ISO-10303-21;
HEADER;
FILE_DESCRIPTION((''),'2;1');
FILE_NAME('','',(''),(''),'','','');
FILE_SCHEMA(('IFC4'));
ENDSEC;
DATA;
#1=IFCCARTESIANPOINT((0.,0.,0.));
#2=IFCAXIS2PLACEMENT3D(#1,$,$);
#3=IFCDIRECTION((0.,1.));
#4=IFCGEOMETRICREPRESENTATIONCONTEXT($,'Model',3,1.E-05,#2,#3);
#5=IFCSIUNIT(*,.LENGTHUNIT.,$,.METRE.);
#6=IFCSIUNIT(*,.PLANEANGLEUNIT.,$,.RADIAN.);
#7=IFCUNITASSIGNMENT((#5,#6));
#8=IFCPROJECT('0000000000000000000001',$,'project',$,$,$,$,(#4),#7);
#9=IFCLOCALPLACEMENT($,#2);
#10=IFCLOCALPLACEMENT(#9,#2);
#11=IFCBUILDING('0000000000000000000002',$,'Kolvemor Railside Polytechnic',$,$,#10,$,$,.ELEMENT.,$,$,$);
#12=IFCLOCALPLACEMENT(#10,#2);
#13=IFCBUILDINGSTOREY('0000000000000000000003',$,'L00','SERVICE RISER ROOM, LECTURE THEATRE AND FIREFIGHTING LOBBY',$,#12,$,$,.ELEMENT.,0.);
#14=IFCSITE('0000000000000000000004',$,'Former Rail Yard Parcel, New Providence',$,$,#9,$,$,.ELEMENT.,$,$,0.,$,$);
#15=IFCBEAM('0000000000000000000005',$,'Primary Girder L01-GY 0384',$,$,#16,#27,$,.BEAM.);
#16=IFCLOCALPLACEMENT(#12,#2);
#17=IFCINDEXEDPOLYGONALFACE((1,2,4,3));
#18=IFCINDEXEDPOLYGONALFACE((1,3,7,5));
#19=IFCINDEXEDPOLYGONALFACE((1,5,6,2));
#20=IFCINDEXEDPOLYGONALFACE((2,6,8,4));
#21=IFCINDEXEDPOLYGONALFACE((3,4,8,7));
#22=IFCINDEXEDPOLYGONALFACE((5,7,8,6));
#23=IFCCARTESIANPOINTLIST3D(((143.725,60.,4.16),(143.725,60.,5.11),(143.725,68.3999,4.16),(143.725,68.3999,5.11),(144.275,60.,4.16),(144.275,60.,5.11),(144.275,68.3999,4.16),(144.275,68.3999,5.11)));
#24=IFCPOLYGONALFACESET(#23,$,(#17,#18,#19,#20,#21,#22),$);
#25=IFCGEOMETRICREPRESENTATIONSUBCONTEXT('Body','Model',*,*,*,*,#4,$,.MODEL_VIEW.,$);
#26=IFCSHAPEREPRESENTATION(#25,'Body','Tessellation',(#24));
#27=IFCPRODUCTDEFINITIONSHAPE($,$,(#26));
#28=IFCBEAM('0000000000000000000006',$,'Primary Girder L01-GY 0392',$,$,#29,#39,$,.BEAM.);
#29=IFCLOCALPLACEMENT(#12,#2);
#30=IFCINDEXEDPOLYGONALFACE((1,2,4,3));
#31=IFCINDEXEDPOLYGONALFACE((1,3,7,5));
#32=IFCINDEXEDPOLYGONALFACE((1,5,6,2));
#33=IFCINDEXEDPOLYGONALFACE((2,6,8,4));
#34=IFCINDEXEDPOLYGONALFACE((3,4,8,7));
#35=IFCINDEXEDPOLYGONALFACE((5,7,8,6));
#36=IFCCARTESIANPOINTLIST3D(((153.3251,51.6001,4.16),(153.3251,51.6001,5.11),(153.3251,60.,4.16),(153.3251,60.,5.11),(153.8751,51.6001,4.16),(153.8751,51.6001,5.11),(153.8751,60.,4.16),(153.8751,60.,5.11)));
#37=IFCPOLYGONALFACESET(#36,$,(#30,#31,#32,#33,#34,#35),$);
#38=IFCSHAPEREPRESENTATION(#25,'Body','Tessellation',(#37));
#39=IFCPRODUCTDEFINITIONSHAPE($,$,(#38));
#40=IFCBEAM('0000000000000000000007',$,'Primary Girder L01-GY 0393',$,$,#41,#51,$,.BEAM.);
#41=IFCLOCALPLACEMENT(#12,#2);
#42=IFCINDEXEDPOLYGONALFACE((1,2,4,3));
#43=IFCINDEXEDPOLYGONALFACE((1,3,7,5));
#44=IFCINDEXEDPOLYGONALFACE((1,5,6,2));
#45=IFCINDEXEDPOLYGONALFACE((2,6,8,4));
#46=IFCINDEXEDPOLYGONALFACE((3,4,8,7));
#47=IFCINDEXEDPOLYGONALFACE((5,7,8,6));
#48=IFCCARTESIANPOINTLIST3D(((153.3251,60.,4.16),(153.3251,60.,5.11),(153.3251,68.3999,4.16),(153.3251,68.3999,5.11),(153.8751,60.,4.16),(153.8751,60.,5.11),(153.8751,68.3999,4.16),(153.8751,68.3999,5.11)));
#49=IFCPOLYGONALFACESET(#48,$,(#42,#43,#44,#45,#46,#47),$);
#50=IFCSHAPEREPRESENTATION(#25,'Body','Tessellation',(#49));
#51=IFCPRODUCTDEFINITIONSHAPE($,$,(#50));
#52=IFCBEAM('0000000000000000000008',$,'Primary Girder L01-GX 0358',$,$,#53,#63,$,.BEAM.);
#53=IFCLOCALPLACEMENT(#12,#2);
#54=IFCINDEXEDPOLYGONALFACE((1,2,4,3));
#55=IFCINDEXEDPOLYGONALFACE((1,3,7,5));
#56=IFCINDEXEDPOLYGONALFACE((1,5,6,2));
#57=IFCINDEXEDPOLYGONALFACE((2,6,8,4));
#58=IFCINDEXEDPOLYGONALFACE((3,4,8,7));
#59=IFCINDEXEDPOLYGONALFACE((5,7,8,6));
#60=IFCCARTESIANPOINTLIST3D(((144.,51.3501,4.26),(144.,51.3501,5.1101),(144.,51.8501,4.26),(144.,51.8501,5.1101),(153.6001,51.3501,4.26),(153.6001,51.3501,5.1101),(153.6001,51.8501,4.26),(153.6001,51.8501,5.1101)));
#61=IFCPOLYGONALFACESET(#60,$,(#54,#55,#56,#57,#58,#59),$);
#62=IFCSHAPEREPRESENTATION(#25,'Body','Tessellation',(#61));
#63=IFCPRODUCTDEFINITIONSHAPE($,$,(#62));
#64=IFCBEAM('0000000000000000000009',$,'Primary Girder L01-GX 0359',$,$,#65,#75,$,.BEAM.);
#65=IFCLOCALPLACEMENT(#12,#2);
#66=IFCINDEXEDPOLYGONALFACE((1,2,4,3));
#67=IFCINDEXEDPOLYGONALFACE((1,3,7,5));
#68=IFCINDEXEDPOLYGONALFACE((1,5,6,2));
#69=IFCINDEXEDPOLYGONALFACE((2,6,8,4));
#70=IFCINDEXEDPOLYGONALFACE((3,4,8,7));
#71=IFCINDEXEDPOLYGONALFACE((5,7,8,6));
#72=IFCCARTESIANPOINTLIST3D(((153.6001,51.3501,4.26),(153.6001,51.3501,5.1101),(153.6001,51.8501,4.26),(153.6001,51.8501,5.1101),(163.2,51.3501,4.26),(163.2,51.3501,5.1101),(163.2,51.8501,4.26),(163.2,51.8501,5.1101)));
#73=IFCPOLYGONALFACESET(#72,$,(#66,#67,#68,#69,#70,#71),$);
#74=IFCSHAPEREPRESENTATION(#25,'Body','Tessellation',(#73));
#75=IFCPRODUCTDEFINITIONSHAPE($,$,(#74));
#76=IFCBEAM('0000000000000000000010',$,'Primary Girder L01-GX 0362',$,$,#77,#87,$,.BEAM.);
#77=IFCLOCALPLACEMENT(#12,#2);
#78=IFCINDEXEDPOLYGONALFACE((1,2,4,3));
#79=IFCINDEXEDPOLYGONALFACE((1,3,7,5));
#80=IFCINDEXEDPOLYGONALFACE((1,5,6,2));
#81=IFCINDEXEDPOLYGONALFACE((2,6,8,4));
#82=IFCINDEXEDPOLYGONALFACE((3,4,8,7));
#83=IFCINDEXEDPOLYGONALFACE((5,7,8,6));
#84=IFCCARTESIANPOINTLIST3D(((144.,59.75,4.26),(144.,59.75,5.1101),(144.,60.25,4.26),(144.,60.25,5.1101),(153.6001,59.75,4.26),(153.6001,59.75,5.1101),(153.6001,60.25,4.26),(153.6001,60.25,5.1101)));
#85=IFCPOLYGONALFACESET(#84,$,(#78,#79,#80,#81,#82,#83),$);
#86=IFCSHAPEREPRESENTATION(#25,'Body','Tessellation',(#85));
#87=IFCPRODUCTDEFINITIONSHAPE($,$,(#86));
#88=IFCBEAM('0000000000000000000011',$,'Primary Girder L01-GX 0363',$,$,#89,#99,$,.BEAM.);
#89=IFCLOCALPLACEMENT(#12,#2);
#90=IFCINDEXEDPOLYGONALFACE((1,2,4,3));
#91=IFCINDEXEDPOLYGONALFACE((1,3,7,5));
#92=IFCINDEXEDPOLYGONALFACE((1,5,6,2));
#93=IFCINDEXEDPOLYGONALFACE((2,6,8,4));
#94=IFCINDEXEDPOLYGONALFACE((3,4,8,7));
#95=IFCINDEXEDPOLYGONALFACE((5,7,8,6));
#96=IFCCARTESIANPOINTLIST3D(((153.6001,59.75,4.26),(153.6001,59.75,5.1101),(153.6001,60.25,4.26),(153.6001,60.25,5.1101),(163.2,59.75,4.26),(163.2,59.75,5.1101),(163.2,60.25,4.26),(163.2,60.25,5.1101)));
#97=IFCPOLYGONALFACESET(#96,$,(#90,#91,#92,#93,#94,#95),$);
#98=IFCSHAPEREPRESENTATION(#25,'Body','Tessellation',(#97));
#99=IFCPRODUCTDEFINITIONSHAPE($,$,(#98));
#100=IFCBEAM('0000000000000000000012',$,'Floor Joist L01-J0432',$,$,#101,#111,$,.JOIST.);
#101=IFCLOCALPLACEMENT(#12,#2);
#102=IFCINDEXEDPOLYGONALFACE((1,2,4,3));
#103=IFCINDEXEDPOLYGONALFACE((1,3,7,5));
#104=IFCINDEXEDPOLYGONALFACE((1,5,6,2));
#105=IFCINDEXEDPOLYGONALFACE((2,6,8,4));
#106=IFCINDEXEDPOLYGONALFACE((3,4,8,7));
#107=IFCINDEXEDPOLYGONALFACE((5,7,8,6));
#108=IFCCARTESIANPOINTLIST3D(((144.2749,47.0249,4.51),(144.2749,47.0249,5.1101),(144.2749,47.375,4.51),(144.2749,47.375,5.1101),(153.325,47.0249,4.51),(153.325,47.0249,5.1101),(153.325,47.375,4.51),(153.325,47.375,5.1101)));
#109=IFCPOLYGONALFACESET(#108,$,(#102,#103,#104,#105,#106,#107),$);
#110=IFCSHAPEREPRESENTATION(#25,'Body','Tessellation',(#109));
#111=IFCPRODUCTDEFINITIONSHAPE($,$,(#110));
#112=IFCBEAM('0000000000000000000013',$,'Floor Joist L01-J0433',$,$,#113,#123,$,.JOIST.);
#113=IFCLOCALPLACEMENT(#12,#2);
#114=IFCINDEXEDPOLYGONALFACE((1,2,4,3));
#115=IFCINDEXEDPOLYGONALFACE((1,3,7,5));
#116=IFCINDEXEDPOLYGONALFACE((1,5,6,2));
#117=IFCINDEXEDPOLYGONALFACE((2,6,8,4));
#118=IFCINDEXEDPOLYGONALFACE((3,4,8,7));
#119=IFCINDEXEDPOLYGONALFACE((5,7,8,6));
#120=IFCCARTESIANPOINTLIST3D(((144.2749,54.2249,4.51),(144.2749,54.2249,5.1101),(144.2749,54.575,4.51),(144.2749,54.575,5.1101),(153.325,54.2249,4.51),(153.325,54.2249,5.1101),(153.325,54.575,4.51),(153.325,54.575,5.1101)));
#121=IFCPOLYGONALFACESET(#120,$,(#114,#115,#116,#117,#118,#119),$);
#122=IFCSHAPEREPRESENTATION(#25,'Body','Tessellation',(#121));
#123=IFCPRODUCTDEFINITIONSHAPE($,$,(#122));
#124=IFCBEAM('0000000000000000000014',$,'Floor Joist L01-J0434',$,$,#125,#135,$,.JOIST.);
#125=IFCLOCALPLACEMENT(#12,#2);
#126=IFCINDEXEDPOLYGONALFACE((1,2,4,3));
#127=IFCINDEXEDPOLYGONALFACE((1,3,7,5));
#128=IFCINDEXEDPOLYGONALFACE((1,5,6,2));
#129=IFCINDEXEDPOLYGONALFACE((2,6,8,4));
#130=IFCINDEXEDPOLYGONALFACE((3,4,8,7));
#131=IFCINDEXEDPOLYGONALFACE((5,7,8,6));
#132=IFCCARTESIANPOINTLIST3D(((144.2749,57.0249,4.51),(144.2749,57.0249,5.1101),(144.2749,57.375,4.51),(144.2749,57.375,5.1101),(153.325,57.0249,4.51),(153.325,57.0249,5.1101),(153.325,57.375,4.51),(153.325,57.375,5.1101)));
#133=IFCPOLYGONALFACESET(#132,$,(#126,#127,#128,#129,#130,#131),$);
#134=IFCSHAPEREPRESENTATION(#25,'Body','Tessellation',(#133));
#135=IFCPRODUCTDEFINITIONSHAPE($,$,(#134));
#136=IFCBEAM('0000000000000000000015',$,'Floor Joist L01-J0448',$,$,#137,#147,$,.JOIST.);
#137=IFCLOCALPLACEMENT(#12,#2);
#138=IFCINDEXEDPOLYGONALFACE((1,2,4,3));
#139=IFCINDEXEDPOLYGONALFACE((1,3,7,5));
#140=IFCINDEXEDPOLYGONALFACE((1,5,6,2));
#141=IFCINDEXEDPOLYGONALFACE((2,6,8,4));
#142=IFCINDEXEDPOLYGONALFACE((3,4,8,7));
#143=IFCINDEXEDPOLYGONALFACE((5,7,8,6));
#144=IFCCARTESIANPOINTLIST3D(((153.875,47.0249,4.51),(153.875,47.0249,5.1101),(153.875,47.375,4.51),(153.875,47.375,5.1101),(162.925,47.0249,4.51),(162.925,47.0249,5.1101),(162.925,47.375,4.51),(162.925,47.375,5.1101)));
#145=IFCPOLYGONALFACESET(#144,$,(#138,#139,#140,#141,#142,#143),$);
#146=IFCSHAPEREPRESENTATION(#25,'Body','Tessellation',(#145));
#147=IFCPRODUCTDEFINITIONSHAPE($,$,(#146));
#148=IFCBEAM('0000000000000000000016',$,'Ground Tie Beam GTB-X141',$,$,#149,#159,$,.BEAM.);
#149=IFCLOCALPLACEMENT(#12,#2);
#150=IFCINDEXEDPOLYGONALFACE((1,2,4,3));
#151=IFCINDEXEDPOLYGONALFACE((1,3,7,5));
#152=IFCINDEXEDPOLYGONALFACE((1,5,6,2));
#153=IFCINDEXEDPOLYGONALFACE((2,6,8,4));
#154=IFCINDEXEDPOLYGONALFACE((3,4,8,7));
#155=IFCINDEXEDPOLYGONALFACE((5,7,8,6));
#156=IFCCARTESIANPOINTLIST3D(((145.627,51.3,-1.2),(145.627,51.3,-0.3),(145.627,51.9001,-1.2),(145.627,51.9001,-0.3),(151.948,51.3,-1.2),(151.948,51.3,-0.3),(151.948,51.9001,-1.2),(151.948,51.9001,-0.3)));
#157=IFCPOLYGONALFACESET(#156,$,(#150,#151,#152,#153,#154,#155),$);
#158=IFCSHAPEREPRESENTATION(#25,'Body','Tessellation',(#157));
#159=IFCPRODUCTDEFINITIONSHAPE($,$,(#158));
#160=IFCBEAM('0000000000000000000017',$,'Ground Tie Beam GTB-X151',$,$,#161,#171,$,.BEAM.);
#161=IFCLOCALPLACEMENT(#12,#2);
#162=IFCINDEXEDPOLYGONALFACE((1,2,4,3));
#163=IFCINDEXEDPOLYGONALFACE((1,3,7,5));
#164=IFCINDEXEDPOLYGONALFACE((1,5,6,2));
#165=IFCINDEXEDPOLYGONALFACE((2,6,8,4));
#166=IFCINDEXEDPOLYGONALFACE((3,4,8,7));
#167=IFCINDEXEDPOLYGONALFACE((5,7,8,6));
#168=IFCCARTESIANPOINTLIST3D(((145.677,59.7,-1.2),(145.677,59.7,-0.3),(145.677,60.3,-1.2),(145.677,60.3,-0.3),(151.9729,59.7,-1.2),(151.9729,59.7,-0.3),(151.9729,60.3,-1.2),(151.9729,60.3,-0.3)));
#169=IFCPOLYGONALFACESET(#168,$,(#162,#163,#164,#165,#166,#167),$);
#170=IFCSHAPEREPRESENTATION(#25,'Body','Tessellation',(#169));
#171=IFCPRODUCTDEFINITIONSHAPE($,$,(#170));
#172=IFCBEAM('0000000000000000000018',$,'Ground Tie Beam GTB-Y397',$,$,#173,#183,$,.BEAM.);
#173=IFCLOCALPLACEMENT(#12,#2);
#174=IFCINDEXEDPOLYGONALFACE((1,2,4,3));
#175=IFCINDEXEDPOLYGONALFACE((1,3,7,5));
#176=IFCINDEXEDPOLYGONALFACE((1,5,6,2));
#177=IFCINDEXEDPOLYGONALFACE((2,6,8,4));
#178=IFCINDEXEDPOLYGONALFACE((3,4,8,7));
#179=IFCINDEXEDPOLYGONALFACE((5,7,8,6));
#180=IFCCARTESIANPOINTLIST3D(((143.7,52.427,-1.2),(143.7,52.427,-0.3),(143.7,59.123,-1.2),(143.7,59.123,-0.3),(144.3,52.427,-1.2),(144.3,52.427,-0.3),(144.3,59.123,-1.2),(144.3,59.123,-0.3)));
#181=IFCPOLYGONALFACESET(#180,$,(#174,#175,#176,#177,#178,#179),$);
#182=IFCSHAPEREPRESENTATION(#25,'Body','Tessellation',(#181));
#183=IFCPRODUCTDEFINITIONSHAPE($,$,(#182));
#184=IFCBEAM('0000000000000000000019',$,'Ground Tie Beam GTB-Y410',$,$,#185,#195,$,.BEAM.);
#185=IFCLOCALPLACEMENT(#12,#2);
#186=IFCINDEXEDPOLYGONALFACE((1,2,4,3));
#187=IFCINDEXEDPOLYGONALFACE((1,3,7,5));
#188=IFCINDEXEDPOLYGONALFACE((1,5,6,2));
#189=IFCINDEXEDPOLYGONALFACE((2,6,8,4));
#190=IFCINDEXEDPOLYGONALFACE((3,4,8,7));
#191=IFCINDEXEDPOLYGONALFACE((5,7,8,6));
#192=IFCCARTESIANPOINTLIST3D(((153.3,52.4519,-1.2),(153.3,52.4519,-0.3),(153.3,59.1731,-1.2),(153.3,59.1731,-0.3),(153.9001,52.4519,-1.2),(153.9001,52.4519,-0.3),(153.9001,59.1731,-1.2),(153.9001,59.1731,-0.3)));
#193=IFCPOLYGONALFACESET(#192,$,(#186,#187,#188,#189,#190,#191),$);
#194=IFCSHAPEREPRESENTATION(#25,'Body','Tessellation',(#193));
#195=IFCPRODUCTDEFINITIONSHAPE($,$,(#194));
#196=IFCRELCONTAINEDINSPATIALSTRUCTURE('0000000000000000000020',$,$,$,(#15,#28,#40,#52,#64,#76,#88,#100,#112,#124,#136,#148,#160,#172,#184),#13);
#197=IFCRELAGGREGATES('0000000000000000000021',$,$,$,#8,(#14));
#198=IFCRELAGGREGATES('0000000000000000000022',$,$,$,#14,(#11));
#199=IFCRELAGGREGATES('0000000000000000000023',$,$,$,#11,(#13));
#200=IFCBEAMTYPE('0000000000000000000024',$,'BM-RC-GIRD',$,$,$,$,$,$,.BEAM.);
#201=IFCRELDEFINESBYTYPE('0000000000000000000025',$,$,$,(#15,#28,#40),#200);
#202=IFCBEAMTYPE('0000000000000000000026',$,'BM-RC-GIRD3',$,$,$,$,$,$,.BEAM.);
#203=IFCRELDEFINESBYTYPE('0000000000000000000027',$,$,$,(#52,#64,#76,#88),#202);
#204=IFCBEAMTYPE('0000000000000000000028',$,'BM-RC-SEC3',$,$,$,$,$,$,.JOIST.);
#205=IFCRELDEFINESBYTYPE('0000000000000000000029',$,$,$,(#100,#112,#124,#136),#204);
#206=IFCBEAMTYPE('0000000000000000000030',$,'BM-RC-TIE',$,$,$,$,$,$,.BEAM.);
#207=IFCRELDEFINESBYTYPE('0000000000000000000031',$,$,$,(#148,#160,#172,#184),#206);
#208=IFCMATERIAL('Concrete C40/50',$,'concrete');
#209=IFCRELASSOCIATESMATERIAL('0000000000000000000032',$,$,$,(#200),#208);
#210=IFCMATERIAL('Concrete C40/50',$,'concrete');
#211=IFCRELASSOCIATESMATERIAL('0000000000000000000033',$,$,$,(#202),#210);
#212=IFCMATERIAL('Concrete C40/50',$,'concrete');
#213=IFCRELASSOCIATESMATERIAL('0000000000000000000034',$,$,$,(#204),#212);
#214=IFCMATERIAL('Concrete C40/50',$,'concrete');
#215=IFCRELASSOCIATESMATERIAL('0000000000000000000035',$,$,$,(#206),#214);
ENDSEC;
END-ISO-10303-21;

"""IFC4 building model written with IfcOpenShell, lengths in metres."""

from ifc_helpers import new_model, si_unit, direction, frame, origin, origin_2d, place, context, subcontext, project, spatial, rectangle, extrude, material, material_profile, profile_set, type_object, element, save


model = new_model("IFC4")

# Units and contexts
model_context = context("Model", 3, precision=1e-05, world=origin(), true_north=direction((0.0, 1.0)))
body_context = subcontext(model_context, "Body", "Model", "MODEL_VIEW")
ifc_project = project(units=[si_unit("LENGTHUNIT", "METRE"), si_unit("PLANEANGLEUNIT", "RADIAN")], contexts=[model_context])

# Site, building, storey
site_placement = place(None, origin())
site = spatial("IfcSite", under=ifc_project, at=site_placement, Name="Former Rail Yard Parcel, New Providence", CompositionType="ELEMENT", RefElevation=0.0)
building_placement = place(site_placement, origin())
building = spatial("IfcBuilding", under=site, at=building_placement, Name="Kolvemor Railside Polytechnic", CompositionType="ELEMENT")
storey_placement = place(building_placement, origin())
storey = spatial("IfcBuildingStorey", under=building, at=storey_placement, Name="L00", Description="SERVICE RISER ROOM, LECTURE THEATRE AND FIREFIGHTING LOBBY", CompositionType="ELEMENT", Elevation=0.0)

# Beams
ifc_material_1 = material(Name="Concrete C40/50", Category="concrete")
ifc_material_profile_1 = material_profile(ifc_material_1, rectangle(XDim=0.55, YDim=0.95, at=origin_2d()), Name="RC550x950")
ifc_profile_set_1 = profile_set([ifc_material_profile_1], Name="Concrete C40/50")
beam_type_1 = type_object("IfcBeamType", Name="BM-RC-GIRD", PredefinedType="BEAM", material=ifc_profile_set_1)
for number, where, z_axis, x_axis, name in (
    (1, (144.0, 60.0, 4.635), (0.0, 1.0, 0.0), (-1.0, 0.0, 0.0), "Primary Girder L01-GY 0384"),
    (2, (153.6001, 51.6001, 4.635), (0.0, 1.0, 0.0), (-1.0, 0.0, 0.0), "Primary Girder L01-GY 0392"),
    (3, (153.6001, 60.0, 4.635), (0.0, 1.0, 0.0), (-1.0, 0.0, 0.0), "Primary Girder L01-GY 0393"),
):
    element("IfcBeam", number, at=place(storey_placement, frame(where, z_axis=z_axis, x_axis=x_axis)), inside=storey, type_object=beam_type_1, Name=name, PredefinedType="BEAM", context=body_context, shape_type="SweptSolid", body=[
        extrude(rectangle(XDim=0.55, YDim=0.95, at=origin_2d()), origin(), (0.0, 0.0, 1.0), 8.3999),
    ])
ifc_material_2 = material(Name="Concrete C40/50", Category="concrete")
ifc_material_profile_2 = material_profile(ifc_material_2, rectangle(XDim=0.5, YDim=0.8501, at=origin_2d()), Name="RC500x850")
ifc_profile_set_2 = profile_set([ifc_material_profile_2], Name="Concrete C40/50")
beam_type_2 = type_object("IfcBeamType", Name="BM-RC-GIRD3", PredefinedType="BEAM", material=ifc_profile_set_2)
beam_1_placement = place(storey_placement, frame((144.0, 51.6001, 4.6851), z_axis=(1.0, 0.0, 0.0), x_axis=(0.0, 1.0, 0.0)))
element("IfcBeam", 4, at=beam_1_placement, inside=storey, type_object=beam_type_2, Name="Primary Girder L01-GX 0358", PredefinedType="BEAM", context=body_context, shape_type="SweptSolid", body=[
    extrude(rectangle(XDim=0.5, YDim=0.8501, at=origin_2d()), origin(), (0.0, 0.0, 1.0), 9.6001),
])
beam_2_placement = place(storey_placement, frame((153.6001, 51.6001, 4.6851), z_axis=(1.0, 0.0, 0.0), x_axis=(0.0, 1.0, 0.0)))
element("IfcBeam", 5, at=beam_2_placement, inside=storey, type_object=beam_type_2, Name="Primary Girder L01-GX 0359", PredefinedType="BEAM", context=body_context, shape_type="SweptSolid", body=[
    extrude(rectangle(XDim=0.5, YDim=0.8501, at=origin_2d()), origin(), (0.0, 0.0, 1.0), 9.5999),
])
beam_3_placement = place(storey_placement, frame((144.0, 60.0, 4.6851), z_axis=(1.0, 0.0, 0.0), x_axis=(0.0, 1.0, 0.0)))
element("IfcBeam", 6, at=beam_3_placement, inside=storey, type_object=beam_type_2, Name="Primary Girder L01-GX 0362", PredefinedType="BEAM", context=body_context, shape_type="SweptSolid", body=[
    extrude(rectangle(XDim=0.5, YDim=0.8501, at=origin_2d()), origin(), (0.0, 0.0, 1.0), 9.6001),
])
beam_4_placement = place(storey_placement, frame((153.6001, 60.0, 4.6851), z_axis=(1.0, 0.0, 0.0), x_axis=(0.0, 1.0, 0.0)))
element("IfcBeam", 7, at=beam_4_placement, inside=storey, type_object=beam_type_2, Name="Primary Girder L01-GX 0363", PredefinedType="BEAM", context=body_context, shape_type="SweptSolid", body=[
    extrude(rectangle(XDim=0.5, YDim=0.8501, at=origin_2d()), origin(), (0.0, 0.0, 1.0), 9.5999),
])
ifc_material_3 = material(Name="Concrete C40/50", Category="concrete")
ifc_material_profile_3 = material_profile(ifc_material_3, rectangle(XDim=0.3501, YDim=0.6001, at=origin_2d()), Name="RC350x600")
ifc_profile_set_3 = profile_set([ifc_material_profile_3], Name="Concrete C40/50")
beam_type_3 = type_object("IfcBeamType", Name="BM-RC-SEC3", PredefinedType="JOIST", material=ifc_profile_set_3)
for number, where, z_axis, x_axis, name in (
    (8, (144.2749, 47.2, 4.8101), (1.0, 0.0, 0.0), (0.0, 1.0, 0.0), "Floor Joist L01-J0432"),
    (9, (144.2749, 54.3999, 4.8101), (1.0, 0.0, 0.0), (0.0, 1.0, 0.0), "Floor Joist L01-J0433"),
    (10, (144.2749, 57.2, 4.8101), (1.0, 0.0, 0.0), (0.0, 1.0, 0.0), "Floor Joist L01-J0434"),
    (11, (153.875, 47.2, 4.8101), (1.0, 0.0, 0.0), (0.0, 1.0, 0.0), "Floor Joist L01-J0448"),
):
    element("IfcBeam", number, at=place(storey_placement, frame(where, z_axis=z_axis, x_axis=x_axis)), inside=storey, type_object=beam_type_3, Name=name, PredefinedType="JOIST", context=body_context, shape_type="SweptSolid", body=[
        extrude(rectangle(XDim=0.3501, YDim=0.6001, at=origin_2d()), origin(), (0.0, 0.0, 1.0), 9.05),
    ])
ifc_material_4 = material(Name="Concrete C40/50", Category="concrete")
ifc_material_profile_4 = material_profile(ifc_material_4, rectangle(XDim=0.6001, YDim=0.8999, at=origin_2d()), Name="RC600x900")
ifc_profile_set_4 = profile_set([ifc_material_profile_4], Name="Concrete C40/50")
beam_type_4 = type_object("IfcBeamType", Name="BM-RC-TIE", PredefinedType="BEAM", material=ifc_profile_set_4)
beam_5_placement = place(storey_placement, frame((145.627, 51.6001, -0.75), z_axis=(1.0, 0.0, 0.0), x_axis=(0.0, 1.0, 0.0)))
element("IfcBeam", 12, at=beam_5_placement, inside=storey, type_object=beam_type_4, Name="Ground Tie Beam GTB-X141", PredefinedType="BEAM", context=body_context, shape_type="SweptSolid", body=[
    extrude(rectangle(XDim=0.6001, YDim=0.8999, at=origin_2d()), origin(), (0.0, 0.0, 1.0), 6.321),
])
beam_6_placement = place(storey_placement, frame((145.677, 60.0, -0.75), z_axis=(1.0, 0.0, 0.0), x_axis=(0.0, 1.0, 0.0)))
element("IfcBeam", 13, at=beam_6_placement, inside=storey, type_object=beam_type_4, Name="Ground Tie Beam GTB-X151", PredefinedType="BEAM", context=body_context, shape_type="SweptSolid", body=[
    extrude(rectangle(XDim=0.6001, YDim=0.8999, at=origin_2d()), origin(), (0.0, 0.0, 1.0), 6.2959),
])
beam_7_placement = place(storey_placement, frame((144.0, 52.427, -0.75), z_axis=(0.0, 1.0, 0.0), x_axis=(-1.0, 0.0, 0.0)))
element("IfcBeam", 14, at=beam_7_placement, inside=storey, type_object=beam_type_4, Name="Ground Tie Beam GTB-Y397", PredefinedType="BEAM", context=body_context, shape_type="SweptSolid", body=[
    extrude(rectangle(XDim=0.6001, YDim=0.8999, at=origin_2d()), origin(), (0.0, 0.0, 1.0), 6.696),
])
beam_8_placement = place(storey_placement, frame((153.6001, 52.4519, -0.75), z_axis=(0.0, 1.0, 0.0), x_axis=(-1.0, 0.0, 0.0)))
element("IfcBeam", 15, at=beam_8_placement, inside=storey, type_object=beam_type_4, Name="Ground Tie Beam GTB-Y410", PredefinedType="BEAM", context=body_context, shape_type="SweptSolid", body=[
    extrude(rectangle(XDim=0.6001, YDim=0.8999, at=origin_2d()), origin(), (0.0, 0.0, 1.0), 6.7212),
])

save(model, "model.ifc")
